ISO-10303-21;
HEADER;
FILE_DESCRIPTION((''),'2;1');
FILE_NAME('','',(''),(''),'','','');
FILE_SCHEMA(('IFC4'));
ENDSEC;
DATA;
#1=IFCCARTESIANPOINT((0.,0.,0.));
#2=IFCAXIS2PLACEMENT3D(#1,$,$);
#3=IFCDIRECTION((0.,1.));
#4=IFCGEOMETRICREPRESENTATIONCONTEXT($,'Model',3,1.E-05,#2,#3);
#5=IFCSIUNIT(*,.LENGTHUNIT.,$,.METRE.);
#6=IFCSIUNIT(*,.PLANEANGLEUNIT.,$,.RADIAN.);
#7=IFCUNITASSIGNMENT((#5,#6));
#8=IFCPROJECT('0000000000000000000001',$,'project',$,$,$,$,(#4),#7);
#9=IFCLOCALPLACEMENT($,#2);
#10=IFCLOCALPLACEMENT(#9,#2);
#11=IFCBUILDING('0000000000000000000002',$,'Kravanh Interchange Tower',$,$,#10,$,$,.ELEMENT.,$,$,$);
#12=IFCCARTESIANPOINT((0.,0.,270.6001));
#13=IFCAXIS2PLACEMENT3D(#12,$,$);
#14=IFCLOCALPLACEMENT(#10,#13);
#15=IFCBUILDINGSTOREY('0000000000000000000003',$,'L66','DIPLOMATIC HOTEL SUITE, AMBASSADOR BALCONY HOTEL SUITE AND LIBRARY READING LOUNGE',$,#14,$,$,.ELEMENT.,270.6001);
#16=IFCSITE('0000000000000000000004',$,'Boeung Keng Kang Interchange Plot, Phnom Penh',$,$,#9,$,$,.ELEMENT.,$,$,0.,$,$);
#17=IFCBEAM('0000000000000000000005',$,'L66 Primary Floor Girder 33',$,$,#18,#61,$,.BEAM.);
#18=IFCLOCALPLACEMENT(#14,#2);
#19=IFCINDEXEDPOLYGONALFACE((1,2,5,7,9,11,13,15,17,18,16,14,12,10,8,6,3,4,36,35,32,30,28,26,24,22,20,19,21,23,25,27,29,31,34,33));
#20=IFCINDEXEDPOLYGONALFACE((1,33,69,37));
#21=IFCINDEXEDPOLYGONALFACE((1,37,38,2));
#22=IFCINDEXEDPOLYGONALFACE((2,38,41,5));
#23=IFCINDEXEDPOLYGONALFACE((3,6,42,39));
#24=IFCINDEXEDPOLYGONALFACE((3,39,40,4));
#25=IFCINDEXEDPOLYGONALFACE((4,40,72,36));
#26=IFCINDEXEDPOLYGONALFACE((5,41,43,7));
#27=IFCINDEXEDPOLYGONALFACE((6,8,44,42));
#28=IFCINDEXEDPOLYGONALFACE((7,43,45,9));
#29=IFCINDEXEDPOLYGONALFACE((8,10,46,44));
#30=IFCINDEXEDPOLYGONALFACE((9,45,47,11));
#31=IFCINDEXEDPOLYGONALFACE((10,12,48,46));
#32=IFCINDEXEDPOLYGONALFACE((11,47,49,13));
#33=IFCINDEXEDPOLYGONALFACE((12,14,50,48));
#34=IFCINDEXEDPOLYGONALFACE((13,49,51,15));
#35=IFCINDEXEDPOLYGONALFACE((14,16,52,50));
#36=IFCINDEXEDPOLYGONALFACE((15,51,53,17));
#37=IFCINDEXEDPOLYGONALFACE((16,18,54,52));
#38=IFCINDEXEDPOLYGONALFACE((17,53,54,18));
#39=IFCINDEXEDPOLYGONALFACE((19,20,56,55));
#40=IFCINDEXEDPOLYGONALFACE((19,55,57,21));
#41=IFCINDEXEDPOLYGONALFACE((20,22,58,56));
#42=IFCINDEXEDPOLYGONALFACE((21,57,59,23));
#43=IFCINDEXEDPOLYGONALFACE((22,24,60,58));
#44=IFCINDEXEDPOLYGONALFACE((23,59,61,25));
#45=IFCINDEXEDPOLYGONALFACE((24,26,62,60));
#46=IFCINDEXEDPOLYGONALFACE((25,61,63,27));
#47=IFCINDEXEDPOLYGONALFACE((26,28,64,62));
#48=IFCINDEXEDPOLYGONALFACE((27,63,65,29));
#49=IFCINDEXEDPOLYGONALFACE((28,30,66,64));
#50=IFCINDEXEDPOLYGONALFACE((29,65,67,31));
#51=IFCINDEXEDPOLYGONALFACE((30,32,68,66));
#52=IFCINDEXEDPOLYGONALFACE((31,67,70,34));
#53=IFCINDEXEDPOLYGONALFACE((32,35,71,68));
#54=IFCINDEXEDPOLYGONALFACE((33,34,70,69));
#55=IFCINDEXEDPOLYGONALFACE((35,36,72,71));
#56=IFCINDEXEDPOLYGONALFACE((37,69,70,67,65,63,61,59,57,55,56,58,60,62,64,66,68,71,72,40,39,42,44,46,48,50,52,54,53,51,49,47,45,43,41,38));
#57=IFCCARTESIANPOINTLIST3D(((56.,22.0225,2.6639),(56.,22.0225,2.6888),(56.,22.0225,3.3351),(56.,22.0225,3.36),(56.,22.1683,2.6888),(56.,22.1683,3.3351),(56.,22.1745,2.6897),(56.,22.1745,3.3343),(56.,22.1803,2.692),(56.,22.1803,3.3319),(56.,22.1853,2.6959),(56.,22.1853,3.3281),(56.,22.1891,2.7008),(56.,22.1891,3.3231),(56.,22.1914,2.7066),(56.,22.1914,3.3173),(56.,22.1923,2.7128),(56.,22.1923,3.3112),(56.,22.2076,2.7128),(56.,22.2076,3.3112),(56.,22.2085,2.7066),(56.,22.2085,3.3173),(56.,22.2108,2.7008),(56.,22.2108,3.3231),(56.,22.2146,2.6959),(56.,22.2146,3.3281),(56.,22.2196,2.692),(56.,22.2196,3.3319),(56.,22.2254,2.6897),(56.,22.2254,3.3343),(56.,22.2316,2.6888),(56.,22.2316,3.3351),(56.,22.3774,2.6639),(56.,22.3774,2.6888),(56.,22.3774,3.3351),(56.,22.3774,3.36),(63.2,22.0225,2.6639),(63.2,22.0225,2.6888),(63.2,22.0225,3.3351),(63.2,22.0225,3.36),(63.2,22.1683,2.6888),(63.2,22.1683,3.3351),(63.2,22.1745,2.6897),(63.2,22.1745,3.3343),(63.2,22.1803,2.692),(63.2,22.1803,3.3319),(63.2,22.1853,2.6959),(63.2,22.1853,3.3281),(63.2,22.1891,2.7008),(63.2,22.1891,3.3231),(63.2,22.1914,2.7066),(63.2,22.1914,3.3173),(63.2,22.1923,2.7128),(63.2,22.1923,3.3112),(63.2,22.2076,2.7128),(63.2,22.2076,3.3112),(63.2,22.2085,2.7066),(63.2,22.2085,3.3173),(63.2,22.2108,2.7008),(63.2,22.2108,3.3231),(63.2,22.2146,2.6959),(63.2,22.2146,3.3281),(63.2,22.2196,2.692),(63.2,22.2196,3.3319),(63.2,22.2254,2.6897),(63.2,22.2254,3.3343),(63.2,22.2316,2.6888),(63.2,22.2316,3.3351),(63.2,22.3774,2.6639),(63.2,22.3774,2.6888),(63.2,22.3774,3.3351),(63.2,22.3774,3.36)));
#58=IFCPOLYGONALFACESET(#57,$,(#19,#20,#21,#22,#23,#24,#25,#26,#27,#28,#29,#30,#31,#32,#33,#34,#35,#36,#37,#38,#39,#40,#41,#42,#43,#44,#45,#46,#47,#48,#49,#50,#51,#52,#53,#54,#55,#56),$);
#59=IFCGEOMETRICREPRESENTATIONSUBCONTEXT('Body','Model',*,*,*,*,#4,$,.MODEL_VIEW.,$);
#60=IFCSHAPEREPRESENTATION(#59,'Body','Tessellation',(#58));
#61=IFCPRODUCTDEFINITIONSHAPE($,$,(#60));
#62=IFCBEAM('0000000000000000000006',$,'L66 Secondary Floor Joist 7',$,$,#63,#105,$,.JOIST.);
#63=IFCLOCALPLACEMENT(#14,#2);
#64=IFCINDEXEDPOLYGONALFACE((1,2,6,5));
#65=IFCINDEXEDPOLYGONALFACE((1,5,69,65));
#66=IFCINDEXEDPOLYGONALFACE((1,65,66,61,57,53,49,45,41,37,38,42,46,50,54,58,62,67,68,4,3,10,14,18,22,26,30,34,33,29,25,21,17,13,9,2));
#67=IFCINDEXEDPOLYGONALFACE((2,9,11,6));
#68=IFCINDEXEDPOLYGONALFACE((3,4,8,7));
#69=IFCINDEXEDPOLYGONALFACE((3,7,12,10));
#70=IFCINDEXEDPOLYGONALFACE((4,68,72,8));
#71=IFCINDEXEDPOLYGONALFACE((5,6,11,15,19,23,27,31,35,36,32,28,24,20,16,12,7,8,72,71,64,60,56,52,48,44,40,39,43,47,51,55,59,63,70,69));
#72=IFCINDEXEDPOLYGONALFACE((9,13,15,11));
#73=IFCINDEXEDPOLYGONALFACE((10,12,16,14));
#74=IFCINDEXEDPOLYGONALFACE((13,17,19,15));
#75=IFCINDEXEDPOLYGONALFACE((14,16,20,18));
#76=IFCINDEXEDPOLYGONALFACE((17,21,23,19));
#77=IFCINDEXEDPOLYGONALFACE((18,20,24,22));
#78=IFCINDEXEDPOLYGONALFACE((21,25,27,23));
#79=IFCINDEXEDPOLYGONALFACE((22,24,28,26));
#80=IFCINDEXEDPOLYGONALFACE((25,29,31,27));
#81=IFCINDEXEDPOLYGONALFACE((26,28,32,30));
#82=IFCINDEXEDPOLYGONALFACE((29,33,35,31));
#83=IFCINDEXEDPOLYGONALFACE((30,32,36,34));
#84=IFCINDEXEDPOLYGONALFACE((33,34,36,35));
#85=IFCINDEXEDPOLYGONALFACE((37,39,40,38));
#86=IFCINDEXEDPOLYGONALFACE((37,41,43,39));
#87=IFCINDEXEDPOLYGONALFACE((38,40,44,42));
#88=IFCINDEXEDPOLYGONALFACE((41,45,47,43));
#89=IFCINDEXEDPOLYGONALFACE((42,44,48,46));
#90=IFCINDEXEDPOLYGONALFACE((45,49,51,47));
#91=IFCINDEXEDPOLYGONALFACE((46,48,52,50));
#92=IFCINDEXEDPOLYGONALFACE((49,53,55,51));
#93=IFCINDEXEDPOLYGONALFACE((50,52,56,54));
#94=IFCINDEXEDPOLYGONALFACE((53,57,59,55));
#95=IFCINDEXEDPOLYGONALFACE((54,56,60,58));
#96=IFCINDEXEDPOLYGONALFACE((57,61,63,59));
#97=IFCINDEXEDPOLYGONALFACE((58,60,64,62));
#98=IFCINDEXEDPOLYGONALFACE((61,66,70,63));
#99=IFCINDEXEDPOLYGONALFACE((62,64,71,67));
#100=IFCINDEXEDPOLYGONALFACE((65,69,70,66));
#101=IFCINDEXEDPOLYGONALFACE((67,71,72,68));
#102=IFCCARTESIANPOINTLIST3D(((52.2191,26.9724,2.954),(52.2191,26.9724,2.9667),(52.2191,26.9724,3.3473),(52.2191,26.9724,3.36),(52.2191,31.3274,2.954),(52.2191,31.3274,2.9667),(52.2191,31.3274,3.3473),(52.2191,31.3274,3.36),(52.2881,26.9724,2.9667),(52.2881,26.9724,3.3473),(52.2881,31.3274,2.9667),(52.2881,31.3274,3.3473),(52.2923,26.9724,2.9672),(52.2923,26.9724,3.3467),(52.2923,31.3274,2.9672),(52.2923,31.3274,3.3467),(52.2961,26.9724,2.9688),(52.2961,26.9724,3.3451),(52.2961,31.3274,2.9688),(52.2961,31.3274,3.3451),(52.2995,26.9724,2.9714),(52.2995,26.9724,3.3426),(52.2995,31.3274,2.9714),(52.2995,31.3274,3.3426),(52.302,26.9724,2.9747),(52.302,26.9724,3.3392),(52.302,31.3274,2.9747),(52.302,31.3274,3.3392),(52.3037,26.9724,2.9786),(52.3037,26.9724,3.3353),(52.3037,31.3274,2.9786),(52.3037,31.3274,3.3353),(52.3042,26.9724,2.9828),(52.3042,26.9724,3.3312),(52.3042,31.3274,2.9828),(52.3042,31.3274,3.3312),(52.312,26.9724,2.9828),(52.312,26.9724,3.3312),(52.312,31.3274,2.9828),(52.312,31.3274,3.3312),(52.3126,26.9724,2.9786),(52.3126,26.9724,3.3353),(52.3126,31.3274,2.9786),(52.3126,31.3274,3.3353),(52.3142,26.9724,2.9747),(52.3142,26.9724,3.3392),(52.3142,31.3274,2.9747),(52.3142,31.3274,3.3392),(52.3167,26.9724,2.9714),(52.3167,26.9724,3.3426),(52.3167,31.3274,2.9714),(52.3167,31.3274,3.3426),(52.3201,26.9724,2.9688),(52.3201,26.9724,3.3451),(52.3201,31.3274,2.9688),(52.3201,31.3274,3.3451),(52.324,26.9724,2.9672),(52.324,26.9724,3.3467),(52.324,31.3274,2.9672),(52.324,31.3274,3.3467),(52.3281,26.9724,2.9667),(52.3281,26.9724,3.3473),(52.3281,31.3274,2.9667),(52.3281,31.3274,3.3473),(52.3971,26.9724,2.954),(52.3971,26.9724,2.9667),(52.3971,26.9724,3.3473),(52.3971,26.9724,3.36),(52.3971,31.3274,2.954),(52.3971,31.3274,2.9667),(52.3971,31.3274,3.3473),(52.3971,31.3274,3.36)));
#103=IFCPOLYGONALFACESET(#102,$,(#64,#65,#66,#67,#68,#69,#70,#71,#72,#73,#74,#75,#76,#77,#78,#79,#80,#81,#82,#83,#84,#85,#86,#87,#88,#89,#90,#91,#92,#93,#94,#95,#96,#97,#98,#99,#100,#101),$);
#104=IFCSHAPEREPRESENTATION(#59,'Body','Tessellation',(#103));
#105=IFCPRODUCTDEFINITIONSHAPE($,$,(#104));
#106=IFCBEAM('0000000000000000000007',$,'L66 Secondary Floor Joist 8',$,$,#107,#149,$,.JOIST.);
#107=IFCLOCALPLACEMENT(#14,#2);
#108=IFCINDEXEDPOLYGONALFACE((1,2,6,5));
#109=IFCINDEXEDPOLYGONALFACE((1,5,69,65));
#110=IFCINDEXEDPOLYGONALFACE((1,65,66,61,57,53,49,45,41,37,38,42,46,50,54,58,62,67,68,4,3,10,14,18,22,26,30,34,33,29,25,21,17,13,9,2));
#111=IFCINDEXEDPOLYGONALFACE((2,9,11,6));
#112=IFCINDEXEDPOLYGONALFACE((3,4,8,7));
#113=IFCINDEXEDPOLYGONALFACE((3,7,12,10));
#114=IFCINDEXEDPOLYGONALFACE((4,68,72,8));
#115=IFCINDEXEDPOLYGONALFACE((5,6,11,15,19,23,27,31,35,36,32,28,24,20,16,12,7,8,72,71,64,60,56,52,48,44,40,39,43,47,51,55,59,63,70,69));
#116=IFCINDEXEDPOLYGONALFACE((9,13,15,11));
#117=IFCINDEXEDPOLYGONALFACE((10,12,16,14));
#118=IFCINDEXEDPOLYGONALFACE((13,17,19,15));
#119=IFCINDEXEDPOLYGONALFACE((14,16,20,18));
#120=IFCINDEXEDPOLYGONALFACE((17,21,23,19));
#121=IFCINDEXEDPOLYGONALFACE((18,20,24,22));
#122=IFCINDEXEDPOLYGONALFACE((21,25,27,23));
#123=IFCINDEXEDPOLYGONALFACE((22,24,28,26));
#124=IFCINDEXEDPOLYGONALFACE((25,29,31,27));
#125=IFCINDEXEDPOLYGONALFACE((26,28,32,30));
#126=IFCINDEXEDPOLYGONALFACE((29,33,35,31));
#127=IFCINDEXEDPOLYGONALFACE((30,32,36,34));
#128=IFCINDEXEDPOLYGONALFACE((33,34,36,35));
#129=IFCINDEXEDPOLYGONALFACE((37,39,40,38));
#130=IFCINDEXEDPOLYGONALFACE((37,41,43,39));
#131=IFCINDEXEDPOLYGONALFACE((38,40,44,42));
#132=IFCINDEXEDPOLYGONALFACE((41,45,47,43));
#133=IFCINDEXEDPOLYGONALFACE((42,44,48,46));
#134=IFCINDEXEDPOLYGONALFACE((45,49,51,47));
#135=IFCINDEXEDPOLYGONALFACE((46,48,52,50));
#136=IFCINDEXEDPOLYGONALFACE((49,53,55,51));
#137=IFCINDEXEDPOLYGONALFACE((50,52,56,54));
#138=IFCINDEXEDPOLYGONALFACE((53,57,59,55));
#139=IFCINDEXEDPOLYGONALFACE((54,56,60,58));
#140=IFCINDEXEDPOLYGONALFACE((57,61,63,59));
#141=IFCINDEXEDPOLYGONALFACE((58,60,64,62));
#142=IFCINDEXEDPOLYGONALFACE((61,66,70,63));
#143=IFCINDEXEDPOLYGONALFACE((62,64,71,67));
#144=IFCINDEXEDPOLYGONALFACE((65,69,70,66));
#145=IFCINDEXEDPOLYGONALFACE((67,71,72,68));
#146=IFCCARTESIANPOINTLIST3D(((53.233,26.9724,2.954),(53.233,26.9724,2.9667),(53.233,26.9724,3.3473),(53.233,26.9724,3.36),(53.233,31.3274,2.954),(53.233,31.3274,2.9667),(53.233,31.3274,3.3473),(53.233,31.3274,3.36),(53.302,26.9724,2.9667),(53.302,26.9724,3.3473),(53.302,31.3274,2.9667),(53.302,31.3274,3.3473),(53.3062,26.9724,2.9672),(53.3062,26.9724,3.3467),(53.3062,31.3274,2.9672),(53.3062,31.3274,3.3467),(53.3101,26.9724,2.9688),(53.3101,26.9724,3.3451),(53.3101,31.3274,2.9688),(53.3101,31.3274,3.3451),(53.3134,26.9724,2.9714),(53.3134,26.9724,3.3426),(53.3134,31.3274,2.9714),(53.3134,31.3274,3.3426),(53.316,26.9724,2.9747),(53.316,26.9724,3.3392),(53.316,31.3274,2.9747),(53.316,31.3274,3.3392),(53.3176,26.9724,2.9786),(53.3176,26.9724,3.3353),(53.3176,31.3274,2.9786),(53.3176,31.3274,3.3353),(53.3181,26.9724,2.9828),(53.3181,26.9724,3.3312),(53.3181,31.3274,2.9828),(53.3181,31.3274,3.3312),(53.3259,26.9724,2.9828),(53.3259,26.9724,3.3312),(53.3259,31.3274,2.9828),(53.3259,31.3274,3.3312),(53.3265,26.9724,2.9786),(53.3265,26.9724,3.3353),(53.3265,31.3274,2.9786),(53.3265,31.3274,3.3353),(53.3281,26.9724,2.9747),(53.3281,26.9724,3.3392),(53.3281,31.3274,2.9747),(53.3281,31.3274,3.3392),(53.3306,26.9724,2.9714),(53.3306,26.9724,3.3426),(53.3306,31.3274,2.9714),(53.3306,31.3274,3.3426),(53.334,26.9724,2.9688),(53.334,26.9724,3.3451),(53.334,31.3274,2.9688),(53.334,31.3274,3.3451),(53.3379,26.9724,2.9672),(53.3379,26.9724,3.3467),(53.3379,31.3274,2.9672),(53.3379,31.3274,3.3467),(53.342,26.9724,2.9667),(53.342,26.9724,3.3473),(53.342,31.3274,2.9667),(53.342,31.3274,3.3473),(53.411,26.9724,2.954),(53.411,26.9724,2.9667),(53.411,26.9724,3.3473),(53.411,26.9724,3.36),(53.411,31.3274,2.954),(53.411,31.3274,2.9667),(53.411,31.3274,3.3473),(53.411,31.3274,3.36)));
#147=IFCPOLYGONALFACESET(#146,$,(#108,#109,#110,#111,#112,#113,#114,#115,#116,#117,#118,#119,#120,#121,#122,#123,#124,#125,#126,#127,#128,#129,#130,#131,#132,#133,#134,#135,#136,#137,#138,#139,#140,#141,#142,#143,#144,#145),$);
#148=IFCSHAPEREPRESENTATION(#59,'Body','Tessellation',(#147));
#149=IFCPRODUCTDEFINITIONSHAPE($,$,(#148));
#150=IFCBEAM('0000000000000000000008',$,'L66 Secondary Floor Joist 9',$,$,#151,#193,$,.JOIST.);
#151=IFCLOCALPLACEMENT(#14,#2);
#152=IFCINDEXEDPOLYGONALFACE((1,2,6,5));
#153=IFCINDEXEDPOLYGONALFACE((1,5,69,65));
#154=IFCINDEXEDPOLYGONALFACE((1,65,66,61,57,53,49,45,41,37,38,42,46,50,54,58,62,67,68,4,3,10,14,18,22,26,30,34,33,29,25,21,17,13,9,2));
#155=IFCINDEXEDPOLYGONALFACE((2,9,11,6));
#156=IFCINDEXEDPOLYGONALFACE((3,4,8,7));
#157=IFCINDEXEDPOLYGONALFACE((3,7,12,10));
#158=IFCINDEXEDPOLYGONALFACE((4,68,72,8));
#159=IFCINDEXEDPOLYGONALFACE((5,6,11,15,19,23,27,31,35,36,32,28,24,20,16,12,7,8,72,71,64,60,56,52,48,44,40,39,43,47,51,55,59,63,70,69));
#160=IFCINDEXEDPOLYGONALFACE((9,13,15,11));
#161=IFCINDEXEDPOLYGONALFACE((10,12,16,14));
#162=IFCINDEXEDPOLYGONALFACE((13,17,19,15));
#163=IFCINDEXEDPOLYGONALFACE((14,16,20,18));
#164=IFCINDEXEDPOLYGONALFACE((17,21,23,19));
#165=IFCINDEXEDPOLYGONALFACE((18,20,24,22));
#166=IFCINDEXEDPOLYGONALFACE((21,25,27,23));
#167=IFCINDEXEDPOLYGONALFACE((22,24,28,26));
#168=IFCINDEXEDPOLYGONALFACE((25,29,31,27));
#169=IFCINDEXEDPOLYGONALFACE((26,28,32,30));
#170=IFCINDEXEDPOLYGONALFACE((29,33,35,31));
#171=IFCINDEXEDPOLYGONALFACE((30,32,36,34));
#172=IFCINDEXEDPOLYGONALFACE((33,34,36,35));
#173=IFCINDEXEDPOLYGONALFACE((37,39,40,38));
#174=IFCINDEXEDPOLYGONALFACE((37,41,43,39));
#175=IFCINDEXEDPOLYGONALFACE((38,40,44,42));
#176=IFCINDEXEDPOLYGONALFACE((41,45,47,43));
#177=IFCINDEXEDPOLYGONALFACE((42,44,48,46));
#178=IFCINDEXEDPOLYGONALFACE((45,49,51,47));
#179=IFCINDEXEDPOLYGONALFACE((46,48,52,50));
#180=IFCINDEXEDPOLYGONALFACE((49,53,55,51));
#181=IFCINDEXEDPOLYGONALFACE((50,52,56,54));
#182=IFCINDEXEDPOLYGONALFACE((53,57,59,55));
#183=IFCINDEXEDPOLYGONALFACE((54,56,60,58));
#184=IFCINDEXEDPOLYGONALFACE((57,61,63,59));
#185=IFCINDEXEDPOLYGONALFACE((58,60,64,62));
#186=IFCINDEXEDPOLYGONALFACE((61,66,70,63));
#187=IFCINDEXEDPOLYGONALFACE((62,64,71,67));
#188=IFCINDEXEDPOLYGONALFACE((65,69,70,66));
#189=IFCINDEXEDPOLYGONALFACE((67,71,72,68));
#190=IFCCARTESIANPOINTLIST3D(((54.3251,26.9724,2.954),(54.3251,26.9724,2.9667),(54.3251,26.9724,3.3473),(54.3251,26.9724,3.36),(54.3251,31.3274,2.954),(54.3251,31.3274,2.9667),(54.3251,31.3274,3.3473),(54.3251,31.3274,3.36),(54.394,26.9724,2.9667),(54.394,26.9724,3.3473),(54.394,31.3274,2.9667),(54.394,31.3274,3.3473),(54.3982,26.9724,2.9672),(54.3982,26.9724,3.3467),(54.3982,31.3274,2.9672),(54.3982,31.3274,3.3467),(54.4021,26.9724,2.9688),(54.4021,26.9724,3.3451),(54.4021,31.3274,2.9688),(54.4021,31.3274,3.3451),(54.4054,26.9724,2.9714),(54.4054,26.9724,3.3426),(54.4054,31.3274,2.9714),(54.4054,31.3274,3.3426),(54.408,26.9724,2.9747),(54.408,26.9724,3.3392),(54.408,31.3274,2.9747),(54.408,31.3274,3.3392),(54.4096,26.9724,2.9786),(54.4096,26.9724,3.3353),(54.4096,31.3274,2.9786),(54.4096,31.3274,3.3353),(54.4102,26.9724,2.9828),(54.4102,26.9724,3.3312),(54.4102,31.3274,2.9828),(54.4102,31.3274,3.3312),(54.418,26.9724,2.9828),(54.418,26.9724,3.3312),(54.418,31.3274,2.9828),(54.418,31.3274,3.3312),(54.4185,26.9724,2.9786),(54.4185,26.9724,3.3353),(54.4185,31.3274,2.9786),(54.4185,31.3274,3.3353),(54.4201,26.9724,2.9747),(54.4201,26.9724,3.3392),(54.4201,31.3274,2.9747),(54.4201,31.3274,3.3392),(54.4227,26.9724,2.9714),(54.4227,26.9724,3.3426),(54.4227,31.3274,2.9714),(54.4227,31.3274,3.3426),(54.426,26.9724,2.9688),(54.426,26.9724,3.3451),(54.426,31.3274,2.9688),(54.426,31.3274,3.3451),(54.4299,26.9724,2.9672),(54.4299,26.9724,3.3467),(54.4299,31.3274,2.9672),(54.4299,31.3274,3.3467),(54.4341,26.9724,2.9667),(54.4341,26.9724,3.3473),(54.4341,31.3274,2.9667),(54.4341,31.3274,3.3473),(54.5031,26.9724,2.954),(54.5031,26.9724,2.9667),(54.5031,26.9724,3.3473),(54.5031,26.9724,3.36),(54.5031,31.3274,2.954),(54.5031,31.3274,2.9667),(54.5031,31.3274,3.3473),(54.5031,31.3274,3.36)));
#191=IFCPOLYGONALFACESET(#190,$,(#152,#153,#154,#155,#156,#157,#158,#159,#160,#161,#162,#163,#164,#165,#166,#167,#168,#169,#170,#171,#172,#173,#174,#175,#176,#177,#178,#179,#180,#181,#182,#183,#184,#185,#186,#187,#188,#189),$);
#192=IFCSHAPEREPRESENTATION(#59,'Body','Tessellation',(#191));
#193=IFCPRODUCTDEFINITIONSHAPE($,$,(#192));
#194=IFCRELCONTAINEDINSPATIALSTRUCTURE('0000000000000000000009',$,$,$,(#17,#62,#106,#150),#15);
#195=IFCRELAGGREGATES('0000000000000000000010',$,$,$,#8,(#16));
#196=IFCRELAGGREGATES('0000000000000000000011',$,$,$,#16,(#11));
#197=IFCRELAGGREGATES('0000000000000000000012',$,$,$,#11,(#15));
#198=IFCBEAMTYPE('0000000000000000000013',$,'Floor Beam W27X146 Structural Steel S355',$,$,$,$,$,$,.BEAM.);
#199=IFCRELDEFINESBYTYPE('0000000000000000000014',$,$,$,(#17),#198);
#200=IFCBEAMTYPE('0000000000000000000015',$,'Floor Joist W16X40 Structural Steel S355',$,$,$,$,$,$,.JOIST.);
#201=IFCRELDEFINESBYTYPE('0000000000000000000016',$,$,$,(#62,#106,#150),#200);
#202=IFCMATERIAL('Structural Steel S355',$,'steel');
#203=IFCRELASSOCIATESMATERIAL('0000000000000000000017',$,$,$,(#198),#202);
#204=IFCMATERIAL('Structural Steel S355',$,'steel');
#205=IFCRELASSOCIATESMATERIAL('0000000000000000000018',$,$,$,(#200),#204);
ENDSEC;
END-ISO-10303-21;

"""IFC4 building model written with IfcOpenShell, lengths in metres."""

from ifc_helpers import new_model, si_unit, direction, frame, origin, origin_2d, place, context, subcontext, project, spatial, i_section, extrude, material, material_profile, profile_set, type_object, element, save


model = new_model("IFC4")

# Units and contexts
model_context = context("Model", 3, precision=1e-05, world=origin(), true_north=direction((0.0, 1.0)))
body_context = subcontext(model_context, "Body", "Model", "MODEL_VIEW")
ifc_project = project(units=[si_unit("LENGTHUNIT", "METRE"), si_unit("PLANEANGLEUNIT", "RADIAN")], contexts=[model_context])

# Site, building, storey
site_placement = place(None, origin())
site = spatial("IfcSite", under=ifc_project, at=site_placement, Name="Boeung Keng Kang Interchange Plot, Phnom Penh", CompositionType="ELEMENT", RefElevation=0.0)
building_placement = place(site_placement, origin())
building = spatial("IfcBuilding", under=site, at=building_placement, Name="Kravanh Interchange Tower", CompositionType="ELEMENT")
storey_placement = place(building_placement, frame((0.0, 0.0, 270.6001)))
storey = spatial("IfcBuildingStorey", under=building, at=storey_placement, Name="L66", Description="DIPLOMATIC HOTEL SUITE, AMBASSADOR BALCONY HOTEL SUITE AND LIBRARY READING LOUNGE", CompositionType="ELEMENT", Elevation=270.6001)

# Beams
ifc_material_1 = material(Name="Structural Steel S355", Category="steel")
ifc_material_profile_1 = material_profile(ifc_material_1, i_section(OverallWidth=0.355, OverallDepth=0.696, WebThickness=0.0154, FlangeThickness=0.0249, FilletRadius=0.0239, at=origin_2d()), Name="W27X146")
ifc_profile_set_1 = profile_set([ifc_material_profile_1], Name="Structural Steel S355")
beam_type_1 = type_object("IfcBeamType", Name="Floor Beam W27X146 Structural Steel S355", PredefinedType="BEAM", material=ifc_profile_set_1)
beam_1_placement = place(storey_placement, frame((56.0, 22.2, 3.012), z_axis=(1.0, 0.0, 0.0), x_axis=(0.0, 1.0, 0.0)))
element("IfcBeam", 1, at=beam_1_placement, inside=storey, type_object=beam_type_1, Name="L66 Primary Floor Girder 33", PredefinedType="BEAM", context=body_context, shape_type="SweptSolid", body=[
    extrude(i_section(OverallWidth=0.355, OverallDepth=0.696, WebThickness=0.0154, FlangeThickness=0.0249, FilletRadius=0.0239, at=origin_2d()), origin(), (0.0, 0.0, 1.0), 7.2),
])
ifc_material_2 = material(Name="Structural Steel S355", Category="steel")
ifc_material_profile_2 = material_profile(ifc_material_2, i_section(OverallWidth=0.178, OverallDepth=0.406, WebThickness=0.0078, FlangeThickness=0.0127, FilletRadius=0.0161, at=origin_2d()), Name="W16X40")
ifc_profile_set_2 = profile_set([ifc_material_profile_2], Name="Structural Steel S355")
beam_type_2 = type_object("IfcBeamType", Name="Floor Joist W16X40 Structural Steel S355", PredefinedType="JOIST", material=ifc_profile_set_2)
for number, where, z_axis, x_axis, name in (
    (2, (52.3081, 26.9724, 3.157), (0.0, 1.0, 0.0), (-1.0, 0.0, 0.0), "L66 Secondary Floor Joist 7"),
    (3, (53.322, 26.9724, 3.157), (0.0, 1.0, 0.0), (-1.0, 0.0, 0.0), "L66 Secondary Floor Joist 8"),
    (4, (54.4141, 26.9724, 3.157), (0.0, 1.0, 0.0), (-1.0, 0.0, 0.0), "L66 Secondary Floor Joist 9"),
):
    element("IfcBeam", number, at=place(storey_placement, frame(where, z_axis=z_axis, x_axis=x_axis)), inside=storey, type_object=beam_type_2, Name=name, PredefinedType="JOIST", context=body_context, shape_type="SweptSolid", body=[
        extrude(i_section(OverallWidth=0.178, OverallDepth=0.406, WebThickness=0.0078, FlangeThickness=0.0127, FilletRadius=0.0161, at=origin_2d()), origin(), (0.0, 0.0, 1.0), 4.355),
    ])

save(model, "model.ifc")
